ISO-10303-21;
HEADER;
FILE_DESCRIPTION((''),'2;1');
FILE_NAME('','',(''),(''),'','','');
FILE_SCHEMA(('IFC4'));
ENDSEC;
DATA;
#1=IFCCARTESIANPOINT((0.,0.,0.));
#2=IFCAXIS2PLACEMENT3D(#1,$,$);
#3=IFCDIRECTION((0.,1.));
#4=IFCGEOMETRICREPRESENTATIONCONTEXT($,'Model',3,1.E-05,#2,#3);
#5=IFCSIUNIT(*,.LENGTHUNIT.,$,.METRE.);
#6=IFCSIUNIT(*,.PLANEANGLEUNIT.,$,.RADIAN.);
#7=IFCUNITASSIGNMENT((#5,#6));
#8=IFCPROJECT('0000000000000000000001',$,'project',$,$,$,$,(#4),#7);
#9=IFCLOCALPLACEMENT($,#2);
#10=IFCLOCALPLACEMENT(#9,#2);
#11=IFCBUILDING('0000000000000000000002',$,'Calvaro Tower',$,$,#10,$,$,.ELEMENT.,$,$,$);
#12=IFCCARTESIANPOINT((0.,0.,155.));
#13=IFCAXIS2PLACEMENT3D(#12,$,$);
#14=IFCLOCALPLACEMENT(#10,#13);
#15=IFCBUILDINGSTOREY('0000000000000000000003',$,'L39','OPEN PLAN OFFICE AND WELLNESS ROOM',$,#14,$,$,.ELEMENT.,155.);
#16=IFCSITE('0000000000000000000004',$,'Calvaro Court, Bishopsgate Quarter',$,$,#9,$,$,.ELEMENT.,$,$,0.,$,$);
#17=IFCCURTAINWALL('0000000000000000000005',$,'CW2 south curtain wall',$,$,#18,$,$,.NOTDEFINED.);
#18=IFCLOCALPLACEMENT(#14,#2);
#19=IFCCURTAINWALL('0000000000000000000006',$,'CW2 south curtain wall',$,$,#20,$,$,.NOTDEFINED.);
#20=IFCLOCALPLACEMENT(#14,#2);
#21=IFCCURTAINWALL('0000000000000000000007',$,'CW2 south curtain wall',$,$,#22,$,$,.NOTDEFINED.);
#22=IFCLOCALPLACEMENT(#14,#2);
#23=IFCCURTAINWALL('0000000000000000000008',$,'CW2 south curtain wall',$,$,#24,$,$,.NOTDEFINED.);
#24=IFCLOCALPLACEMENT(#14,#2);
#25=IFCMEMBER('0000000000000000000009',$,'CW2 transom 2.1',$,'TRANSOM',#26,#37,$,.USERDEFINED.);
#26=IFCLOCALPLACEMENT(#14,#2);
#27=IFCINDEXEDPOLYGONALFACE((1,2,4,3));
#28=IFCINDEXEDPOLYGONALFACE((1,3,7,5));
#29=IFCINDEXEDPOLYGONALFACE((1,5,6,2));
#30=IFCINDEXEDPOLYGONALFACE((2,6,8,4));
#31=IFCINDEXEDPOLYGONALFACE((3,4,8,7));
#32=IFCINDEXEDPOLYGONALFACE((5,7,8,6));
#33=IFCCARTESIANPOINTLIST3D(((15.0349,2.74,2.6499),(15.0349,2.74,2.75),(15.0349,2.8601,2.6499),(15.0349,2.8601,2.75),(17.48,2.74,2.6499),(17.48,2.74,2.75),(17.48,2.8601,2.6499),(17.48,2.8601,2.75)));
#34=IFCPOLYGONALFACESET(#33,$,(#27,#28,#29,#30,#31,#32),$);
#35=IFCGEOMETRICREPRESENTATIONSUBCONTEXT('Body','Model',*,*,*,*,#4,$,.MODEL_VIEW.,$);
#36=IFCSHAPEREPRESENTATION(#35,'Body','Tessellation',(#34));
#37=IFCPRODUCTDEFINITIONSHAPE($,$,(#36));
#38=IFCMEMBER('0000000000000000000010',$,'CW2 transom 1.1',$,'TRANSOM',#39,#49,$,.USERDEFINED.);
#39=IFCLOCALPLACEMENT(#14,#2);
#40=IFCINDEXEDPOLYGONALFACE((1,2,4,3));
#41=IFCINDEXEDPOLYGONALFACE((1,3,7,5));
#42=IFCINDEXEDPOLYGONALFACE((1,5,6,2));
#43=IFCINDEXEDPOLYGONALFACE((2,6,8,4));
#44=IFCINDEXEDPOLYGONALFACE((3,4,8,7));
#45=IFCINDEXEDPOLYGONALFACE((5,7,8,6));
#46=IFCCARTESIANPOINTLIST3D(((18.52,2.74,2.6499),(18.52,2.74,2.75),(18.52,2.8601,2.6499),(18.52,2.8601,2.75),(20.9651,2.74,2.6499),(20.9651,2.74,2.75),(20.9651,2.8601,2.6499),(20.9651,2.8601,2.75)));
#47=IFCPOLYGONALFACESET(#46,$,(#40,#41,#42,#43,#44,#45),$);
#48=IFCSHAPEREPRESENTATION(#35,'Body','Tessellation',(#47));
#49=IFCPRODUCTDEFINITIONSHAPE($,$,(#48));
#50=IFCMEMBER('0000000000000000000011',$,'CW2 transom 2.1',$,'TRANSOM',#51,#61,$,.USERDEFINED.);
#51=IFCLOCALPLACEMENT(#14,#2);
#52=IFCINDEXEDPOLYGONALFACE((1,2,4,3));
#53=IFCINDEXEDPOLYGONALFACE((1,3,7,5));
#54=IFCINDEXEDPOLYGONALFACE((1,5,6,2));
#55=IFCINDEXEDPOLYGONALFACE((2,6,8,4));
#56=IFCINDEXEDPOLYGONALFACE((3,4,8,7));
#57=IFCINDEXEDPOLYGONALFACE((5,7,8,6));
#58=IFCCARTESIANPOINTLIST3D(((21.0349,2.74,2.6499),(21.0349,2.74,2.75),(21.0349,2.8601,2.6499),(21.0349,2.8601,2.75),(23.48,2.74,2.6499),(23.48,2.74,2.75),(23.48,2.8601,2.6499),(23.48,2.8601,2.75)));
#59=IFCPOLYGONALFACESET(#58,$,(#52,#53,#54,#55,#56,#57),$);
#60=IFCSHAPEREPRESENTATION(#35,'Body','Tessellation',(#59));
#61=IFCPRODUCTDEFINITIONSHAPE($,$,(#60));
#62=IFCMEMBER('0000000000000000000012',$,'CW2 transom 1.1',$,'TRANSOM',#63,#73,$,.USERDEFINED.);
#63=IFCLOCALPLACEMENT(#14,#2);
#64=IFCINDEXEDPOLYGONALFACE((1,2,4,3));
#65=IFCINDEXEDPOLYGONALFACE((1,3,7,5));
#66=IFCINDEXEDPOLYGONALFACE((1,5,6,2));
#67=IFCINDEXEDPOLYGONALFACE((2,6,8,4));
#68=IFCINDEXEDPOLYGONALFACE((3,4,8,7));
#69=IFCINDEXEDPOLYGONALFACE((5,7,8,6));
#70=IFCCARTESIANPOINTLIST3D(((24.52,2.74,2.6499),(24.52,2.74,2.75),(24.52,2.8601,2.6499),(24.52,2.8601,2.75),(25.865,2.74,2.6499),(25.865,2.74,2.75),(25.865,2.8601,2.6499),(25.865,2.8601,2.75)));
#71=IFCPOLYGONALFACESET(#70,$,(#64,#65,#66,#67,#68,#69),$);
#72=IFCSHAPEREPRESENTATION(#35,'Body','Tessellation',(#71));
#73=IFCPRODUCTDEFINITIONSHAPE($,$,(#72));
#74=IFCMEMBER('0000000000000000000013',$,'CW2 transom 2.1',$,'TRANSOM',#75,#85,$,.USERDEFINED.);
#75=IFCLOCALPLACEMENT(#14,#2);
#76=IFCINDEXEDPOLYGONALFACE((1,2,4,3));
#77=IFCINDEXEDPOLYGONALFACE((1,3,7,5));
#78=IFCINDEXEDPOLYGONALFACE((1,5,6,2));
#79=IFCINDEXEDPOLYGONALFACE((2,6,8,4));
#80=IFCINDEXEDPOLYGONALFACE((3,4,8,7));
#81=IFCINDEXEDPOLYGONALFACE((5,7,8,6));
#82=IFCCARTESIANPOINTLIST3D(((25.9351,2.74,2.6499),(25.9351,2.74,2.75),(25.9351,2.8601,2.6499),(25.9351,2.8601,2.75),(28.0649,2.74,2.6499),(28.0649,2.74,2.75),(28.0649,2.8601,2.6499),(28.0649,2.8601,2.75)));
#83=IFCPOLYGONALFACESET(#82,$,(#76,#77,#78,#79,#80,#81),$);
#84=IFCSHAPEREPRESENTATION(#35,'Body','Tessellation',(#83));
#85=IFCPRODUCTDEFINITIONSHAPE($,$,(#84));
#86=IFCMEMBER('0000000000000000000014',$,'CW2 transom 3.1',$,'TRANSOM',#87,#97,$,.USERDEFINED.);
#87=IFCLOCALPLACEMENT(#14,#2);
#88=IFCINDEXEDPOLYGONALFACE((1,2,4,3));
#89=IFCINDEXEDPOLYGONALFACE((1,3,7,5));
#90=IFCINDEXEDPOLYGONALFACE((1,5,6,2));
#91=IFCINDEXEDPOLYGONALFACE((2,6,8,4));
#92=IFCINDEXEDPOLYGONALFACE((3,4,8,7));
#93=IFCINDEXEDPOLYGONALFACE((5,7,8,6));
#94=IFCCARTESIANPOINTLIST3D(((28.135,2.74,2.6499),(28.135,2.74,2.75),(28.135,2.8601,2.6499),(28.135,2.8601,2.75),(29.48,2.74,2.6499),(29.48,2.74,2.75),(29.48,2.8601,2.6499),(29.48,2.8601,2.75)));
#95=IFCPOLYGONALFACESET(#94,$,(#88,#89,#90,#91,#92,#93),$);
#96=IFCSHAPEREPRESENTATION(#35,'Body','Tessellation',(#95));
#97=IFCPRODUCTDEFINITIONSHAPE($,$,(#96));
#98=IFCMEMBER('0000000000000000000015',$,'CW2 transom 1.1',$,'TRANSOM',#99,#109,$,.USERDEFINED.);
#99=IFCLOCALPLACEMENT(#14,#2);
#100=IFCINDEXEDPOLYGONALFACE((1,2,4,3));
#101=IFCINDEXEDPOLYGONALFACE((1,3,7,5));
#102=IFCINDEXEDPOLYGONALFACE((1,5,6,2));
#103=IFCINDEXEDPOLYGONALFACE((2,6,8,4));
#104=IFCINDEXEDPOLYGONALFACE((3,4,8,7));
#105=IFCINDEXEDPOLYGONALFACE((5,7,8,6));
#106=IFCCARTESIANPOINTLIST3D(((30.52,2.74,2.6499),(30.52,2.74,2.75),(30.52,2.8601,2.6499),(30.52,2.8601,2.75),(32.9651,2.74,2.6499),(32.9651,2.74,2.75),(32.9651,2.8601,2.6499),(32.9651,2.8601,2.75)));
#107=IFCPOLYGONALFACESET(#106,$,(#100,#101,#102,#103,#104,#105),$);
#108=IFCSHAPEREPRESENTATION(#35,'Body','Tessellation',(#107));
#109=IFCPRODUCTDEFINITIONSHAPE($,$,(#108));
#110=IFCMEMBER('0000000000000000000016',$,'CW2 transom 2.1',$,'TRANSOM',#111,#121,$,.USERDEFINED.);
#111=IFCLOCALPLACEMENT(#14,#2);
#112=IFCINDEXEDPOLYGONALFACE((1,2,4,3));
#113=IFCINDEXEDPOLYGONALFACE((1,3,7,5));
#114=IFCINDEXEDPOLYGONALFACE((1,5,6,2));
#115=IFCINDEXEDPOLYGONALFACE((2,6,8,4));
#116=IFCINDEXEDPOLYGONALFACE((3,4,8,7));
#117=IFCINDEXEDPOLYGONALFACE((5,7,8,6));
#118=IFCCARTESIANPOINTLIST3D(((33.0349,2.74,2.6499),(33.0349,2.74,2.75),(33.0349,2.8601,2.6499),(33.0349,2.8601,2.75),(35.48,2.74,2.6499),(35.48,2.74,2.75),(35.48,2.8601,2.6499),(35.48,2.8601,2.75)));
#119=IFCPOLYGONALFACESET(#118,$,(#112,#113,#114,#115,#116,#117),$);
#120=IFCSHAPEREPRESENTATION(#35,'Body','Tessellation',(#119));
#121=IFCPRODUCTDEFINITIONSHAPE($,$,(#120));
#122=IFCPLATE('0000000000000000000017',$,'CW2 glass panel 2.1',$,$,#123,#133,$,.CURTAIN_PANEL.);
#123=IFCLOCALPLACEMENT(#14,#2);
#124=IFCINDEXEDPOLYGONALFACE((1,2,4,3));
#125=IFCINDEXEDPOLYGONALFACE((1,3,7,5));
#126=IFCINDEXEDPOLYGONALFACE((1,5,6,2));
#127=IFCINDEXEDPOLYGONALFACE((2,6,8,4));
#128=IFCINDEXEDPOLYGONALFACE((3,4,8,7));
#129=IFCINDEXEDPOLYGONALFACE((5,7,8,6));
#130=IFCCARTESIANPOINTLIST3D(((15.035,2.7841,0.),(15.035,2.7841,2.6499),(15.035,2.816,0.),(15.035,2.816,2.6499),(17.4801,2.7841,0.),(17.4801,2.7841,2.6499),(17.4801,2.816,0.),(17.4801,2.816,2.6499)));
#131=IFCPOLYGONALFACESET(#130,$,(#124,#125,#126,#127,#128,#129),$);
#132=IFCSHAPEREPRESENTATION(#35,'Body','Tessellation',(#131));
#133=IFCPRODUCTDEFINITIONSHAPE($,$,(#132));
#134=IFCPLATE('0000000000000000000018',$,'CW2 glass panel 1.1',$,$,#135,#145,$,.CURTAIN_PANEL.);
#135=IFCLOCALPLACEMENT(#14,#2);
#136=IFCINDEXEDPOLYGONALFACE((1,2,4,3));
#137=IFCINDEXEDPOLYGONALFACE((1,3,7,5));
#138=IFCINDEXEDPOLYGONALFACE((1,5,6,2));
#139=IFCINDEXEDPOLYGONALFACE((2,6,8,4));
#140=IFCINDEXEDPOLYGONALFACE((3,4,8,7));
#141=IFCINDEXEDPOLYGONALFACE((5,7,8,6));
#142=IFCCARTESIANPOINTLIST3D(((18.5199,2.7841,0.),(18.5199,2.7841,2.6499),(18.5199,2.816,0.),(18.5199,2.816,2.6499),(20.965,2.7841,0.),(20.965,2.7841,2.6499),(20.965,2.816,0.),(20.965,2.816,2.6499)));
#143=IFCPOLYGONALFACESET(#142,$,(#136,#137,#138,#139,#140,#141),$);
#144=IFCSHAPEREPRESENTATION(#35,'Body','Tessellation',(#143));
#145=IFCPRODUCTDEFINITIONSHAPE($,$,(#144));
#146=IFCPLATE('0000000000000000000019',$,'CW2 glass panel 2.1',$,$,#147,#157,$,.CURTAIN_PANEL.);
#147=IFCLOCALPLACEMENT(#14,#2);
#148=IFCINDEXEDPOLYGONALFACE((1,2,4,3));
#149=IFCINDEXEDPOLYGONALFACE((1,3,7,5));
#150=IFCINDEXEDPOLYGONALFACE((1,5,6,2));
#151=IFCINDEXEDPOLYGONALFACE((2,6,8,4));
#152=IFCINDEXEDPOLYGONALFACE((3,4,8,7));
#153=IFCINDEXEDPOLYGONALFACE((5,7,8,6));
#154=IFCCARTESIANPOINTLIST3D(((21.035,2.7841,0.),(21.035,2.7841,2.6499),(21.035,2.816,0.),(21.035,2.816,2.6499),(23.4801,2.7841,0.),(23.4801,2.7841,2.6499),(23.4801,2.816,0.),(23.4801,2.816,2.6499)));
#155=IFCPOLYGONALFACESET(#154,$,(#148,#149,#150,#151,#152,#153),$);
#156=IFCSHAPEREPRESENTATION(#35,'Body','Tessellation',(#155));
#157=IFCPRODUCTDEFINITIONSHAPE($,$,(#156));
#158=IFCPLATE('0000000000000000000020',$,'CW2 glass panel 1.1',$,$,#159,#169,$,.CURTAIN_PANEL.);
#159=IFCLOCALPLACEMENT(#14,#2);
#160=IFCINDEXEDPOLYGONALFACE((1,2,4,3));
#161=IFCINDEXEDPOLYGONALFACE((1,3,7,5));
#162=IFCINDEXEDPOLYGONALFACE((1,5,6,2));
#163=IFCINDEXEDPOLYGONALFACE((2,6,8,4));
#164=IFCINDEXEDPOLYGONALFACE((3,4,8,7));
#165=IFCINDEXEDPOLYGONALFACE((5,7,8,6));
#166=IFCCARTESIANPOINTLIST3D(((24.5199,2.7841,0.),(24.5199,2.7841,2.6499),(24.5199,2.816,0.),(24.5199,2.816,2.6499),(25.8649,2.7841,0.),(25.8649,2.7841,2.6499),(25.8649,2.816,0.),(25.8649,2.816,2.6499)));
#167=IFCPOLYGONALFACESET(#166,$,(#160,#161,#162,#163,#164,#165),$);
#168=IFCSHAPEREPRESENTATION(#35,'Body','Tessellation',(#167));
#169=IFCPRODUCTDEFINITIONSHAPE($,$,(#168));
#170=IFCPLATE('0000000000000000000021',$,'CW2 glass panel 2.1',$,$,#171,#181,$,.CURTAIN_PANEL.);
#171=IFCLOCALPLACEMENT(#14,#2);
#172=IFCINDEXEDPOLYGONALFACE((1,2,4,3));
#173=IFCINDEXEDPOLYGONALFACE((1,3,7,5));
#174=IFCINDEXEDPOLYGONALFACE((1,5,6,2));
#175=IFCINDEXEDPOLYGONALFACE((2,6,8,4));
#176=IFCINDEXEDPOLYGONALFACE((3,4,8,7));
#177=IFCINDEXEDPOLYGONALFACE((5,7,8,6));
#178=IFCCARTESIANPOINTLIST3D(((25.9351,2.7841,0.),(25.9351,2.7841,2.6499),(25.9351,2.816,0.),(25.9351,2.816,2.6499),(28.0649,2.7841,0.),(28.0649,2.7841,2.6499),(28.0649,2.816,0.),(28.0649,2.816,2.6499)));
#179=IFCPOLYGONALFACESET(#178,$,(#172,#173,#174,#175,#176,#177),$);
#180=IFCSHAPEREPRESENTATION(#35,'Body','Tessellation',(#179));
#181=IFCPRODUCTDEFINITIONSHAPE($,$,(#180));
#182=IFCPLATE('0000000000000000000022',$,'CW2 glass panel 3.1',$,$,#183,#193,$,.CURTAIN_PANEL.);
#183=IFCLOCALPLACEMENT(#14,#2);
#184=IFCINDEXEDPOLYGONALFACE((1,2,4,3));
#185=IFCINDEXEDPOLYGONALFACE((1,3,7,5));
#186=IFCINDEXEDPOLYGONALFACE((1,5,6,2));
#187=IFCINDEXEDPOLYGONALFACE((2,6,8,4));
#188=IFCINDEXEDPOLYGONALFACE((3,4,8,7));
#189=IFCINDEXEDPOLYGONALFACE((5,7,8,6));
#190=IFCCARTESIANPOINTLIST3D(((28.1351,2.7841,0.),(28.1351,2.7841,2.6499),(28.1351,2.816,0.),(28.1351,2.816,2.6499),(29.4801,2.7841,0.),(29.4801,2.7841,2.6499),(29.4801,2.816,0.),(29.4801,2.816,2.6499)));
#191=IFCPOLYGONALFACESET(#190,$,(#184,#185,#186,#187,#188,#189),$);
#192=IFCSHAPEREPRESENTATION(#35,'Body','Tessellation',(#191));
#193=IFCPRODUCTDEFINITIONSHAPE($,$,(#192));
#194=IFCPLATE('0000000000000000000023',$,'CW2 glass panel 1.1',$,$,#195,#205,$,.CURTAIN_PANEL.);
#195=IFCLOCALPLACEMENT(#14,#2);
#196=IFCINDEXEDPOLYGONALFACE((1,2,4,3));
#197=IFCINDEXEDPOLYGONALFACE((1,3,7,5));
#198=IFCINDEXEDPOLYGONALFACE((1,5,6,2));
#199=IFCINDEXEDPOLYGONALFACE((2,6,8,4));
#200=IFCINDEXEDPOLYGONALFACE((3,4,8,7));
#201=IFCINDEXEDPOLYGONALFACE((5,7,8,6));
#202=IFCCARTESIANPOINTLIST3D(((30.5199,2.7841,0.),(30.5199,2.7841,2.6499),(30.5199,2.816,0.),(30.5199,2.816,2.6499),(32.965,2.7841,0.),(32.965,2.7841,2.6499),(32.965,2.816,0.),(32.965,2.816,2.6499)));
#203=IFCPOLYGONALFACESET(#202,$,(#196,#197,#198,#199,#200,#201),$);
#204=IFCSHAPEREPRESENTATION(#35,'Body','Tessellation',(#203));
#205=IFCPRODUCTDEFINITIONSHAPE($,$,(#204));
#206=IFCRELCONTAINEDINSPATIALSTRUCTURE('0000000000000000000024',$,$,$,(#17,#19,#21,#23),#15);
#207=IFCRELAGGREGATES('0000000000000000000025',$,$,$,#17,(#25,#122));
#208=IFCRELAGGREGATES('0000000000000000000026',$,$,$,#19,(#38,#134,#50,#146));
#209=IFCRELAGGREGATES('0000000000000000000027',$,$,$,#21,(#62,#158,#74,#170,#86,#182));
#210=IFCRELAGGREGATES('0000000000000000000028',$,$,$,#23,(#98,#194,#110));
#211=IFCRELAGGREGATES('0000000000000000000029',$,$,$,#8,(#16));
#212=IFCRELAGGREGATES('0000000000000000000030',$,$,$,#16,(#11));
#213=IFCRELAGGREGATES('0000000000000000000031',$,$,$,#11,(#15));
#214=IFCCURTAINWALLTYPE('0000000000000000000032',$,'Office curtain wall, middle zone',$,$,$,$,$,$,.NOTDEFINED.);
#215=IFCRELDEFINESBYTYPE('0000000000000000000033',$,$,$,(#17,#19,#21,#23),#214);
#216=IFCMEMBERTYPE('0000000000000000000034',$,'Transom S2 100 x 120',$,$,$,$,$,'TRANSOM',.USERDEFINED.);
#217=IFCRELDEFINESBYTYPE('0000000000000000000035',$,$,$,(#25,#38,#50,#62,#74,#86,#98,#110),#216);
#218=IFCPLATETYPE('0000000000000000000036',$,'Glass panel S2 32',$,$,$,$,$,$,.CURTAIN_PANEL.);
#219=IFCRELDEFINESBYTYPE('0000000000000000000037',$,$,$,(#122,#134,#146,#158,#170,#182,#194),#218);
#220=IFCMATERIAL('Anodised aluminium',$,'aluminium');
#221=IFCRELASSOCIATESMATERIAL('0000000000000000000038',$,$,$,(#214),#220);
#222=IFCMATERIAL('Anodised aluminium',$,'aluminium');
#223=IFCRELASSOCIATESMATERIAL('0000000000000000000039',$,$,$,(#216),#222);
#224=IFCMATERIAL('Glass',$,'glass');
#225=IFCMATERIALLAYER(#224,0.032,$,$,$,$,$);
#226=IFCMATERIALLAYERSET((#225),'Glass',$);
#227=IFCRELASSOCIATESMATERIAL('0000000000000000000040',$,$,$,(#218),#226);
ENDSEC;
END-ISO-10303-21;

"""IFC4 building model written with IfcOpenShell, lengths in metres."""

from ifc_helpers import new_model, si_unit, direction, frame, origin, origin_2d, place, context, subcontext, project, spatial, rectangle, extrude, material, layer, layer_set, material_profile, profile_set, type_object, element, aggregate, save


model = new_model("IFC4")

# Units and contexts
model_context = context("Model", 3, precision=1e-05, world=origin(), true_north=direction((0.0, 1.0)))
body_context = subcontext(model_context, "Body", "Model", "MODEL_VIEW")
ifc_project = project(units=[si_unit("LENGTHUNIT", "METRE"), si_unit("PLANEANGLEUNIT", "RADIAN")], contexts=[model_context])

# Site, building, storey
site_placement = place(None, origin())
site = spatial("IfcSite", under=ifc_project, at=site_placement, Name="Calvaro Court, Bishopsgate Quarter", CompositionType="ELEMENT", RefElevation=0.0)
building_placement = place(site_placement, origin())
building = spatial("IfcBuilding", under=site, at=building_placement, Name="Calvaro Tower", CompositionType="ELEMENT")
storey_placement = place(building_placement, frame((0.0, 0.0, 155.0)))
storey = spatial("IfcBuildingStorey", under=building, at=storey_placement, Name="L39", Description="OPEN PLAN OFFICE AND WELLNESS ROOM", CompositionType="ELEMENT", Elevation=155.0)

# Curtain wall
ifc_material_1 = material(Name="Anodised aluminium", Category="aluminium")
curtain_wall_type = type_object("IfcCurtainWallType", Name="Office curtain wall, middle zone", PredefinedType="NOTDEFINED", material=ifc_material_1)
curtain_wall_1_placement = place(storey_placement, origin())
curtain_wall_1 = element("IfcCurtainWall", 1, at=curtain_wall_1_placement, inside=storey, type_object=curtain_wall_type, Name="CW2 south curtain wall", PredefinedType="NOTDEFINED")

# Curtain walls
curtain_wall_2_placement = place(storey_placement, origin())
curtain_wall_2 = element("IfcCurtainWall", 2, at=curtain_wall_2_placement, inside=storey, type_object=curtain_wall_type, Name="CW2 south curtain wall", PredefinedType="NOTDEFINED")
curtain_wall_3_placement = place(storey_placement, origin())
curtain_wall_3 = element("IfcCurtainWall", 3, at=curtain_wall_3_placement, inside=storey, type_object=curtain_wall_type, Name="CW2 south curtain wall", PredefinedType="NOTDEFINED")
curtain_wall_4_placement = place(storey_placement, origin())
curtain_wall_4 = element("IfcCurtainWall", 4, at=curtain_wall_4_placement, inside=storey, type_object=curtain_wall_type, Name="CW2 south curtain wall", PredefinedType="NOTDEFINED")

# Members
ifc_material_2 = material(Name="Anodised aluminium", Category="aluminium")
ifc_material_profile_1 = material_profile(ifc_material_2, rectangle(XDim=0.1201, YDim=0.1001, at=origin_2d()), Name="Transom S2 100 x 120")
ifc_profile_set_1 = profile_set([ifc_material_profile_1], Name="Anodised aluminium")
member_type_1 = type_object("IfcMemberType", Name="Transom S2 100 x 120", ElementType="TRANSOM", PredefinedType="USERDEFINED", material=ifc_profile_set_1)
member_1_placement = place(storey_placement, frame((15.0349, 2.8, 2.7), z_axis=(1.0, 0.0, 0.0), x_axis=(0.0, 1.0, 0.0)))
member_1 = element("IfcMember", 5, at=member_1_placement, type_object=member_type_1, Name="CW2 transom 2.1", ObjectType="TRANSOM", PredefinedType="USERDEFINED", context=body_context, shape_type="SweptSolid", body=[
    extrude(rectangle(XDim=0.1201, YDim=0.1001, at=origin_2d()), origin(), (0.0, 0.0, 1.0), 2.4451),
])
member_2_placement = place(storey_placement, frame((18.52, 2.8, 2.7), z_axis=(1.0, 0.0, 0.0), x_axis=(0.0, 1.0, 0.0)))
member_2 = element("IfcMember", 6, at=member_2_placement, type_object=member_type_1, Name="CW2 transom 1.1", ObjectType="TRANSOM", PredefinedType="USERDEFINED", context=body_context, shape_type="SweptSolid", body=[
    extrude(rectangle(XDim=0.1201, YDim=0.1001, at=origin_2d()), origin(), (0.0, 0.0, 1.0), 2.4451),
])
member_3_placement = place(storey_placement, frame((21.0349, 2.8, 2.7), z_axis=(1.0, 0.0, 0.0), x_axis=(0.0, 1.0, 0.0)))
member_3 = element("IfcMember", 7, at=member_3_placement, type_object=member_type_1, Name="CW2 transom 2.1", ObjectType="TRANSOM", PredefinedType="USERDEFINED", context=body_context, shape_type="SweptSolid", body=[
    extrude(rectangle(XDim=0.1201, YDim=0.1001, at=origin_2d()), origin(), (0.0, 0.0, 1.0), 2.4451),
])
member_4_placement = place(storey_placement, frame((24.52, 2.8, 2.7), z_axis=(1.0, 0.0, 0.0), x_axis=(0.0, 1.0, 0.0)))
member_4 = element("IfcMember", 8, at=member_4_placement, type_object=member_type_1, Name="CW2 transom 1.1", ObjectType="TRANSOM", PredefinedType="USERDEFINED", context=body_context, shape_type="SweptSolid", body=[
    extrude(rectangle(XDim=0.1201, YDim=0.1001, at=origin_2d()), origin(), (0.0, 0.0, 1.0), 1.345),
])
member_5_placement = place(storey_placement, frame((25.9351, 2.8, 2.7), z_axis=(1.0, 0.0, 0.0), x_axis=(0.0, 1.0, 0.0)))
member_5 = element("IfcMember", 9, at=member_5_placement, type_object=member_type_1, Name="CW2 transom 2.1", ObjectType="TRANSOM", PredefinedType="USERDEFINED", context=body_context, shape_type="SweptSolid", body=[
    extrude(rectangle(XDim=0.1201, YDim=0.1001, at=origin_2d()), origin(), (0.0, 0.0, 1.0), 2.1299),
])
member_6_placement = place(storey_placement, frame((28.135, 2.8, 2.7), z_axis=(1.0, 0.0, 0.0), x_axis=(0.0, 1.0, 0.0)))
member_6 = element("IfcMember", 10, at=member_6_placement, type_object=member_type_1, Name="CW2 transom 3.1", ObjectType="TRANSOM", PredefinedType="USERDEFINED", context=body_context, shape_type="SweptSolid", body=[
    extrude(rectangle(XDim=0.1201, YDim=0.1001, at=origin_2d()), origin(), (0.0, 0.0, 1.0), 1.345),
])
member_7_placement = place(storey_placement, frame((30.52, 2.8, 2.7), z_axis=(1.0, 0.0, 0.0), x_axis=(0.0, 1.0, 0.0)))
member_7 = element("IfcMember", 11, at=member_7_placement, type_object=member_type_1, Name="CW2 transom 1.1", ObjectType="TRANSOM", PredefinedType="USERDEFINED", context=body_context, shape_type="SweptSolid", body=[
    extrude(rectangle(XDim=0.1201, YDim=0.1001, at=origin_2d()), origin(), (0.0, 0.0, 1.0), 2.4451),
])
member_8_placement = place(storey_placement, frame((33.0349, 2.8, 2.7), z_axis=(1.0, 0.0, 0.0), x_axis=(0.0, 1.0, 0.0)))
member_8 = element("IfcMember", 12, at=member_8_placement, type_object=member_type_1, Name="CW2 transom 2.1", ObjectType="TRANSOM", PredefinedType="USERDEFINED", context=body_context, shape_type="SweptSolid", body=[
    extrude(rectangle(XDim=0.1201, YDim=0.1001, at=origin_2d()), origin(), (0.0, 0.0, 1.0), 2.4451),
])

# Plates
ifc_material_3 = material(Name="Glass", Category="glass")
ifc_layer = layer(ifc_material_3, 0.032)
ifc_layer_set = layer_set([ifc_layer], Name="Glass")
plate_type = type_object("IfcPlateType", Name="Glass panel S2 32", PredefinedType="CURTAIN_PANEL", material=ifc_layer_set)
plate_1_placement = place(storey_placement, frame((16.2576, 2.8, 0.0), z_axis=(0.0, 0.0, 1.0), x_axis=(1.0, 0.0, 0.0)))
plate_1 = element("IfcPlate", 13, at=plate_1_placement, type_object=plate_type, Name="CW2 glass panel 2.1", PredefinedType="CURTAIN_PANEL", context=body_context, shape_type="SweptSolid", body=[
    extrude(rectangle(XDim=2.4451, YDim=0.032, at=origin_2d()), origin(), (0.0, 0.0, 1.0), 2.6499),
])
aggregate(curtain_wall_1, [member_1, plate_1])
plate_2_placement = place(storey_placement, frame((19.7424, 2.8, 0.0), z_axis=(0.0, 0.0, 1.0), x_axis=(1.0, 0.0, 0.0)))
plate_2 = element("IfcPlate", 14, at=plate_2_placement, type_object=plate_type, Name="CW2 glass panel 1.1", PredefinedType="CURTAIN_PANEL", context=body_context, shape_type="SweptSolid", body=[
    extrude(rectangle(XDim=2.4451, YDim=0.032, at=origin_2d()), origin(), (0.0, 0.0, 1.0), 2.6499),
])
plate_3_placement = place(storey_placement, frame((22.2576, 2.8, 0.0), z_axis=(0.0, 0.0, 1.0), x_axis=(1.0, 0.0, 0.0)))
plate_3 = element("IfcPlate", 15, at=plate_3_placement, type_object=plate_type, Name="CW2 glass panel 2.1", PredefinedType="CURTAIN_PANEL", context=body_context, shape_type="SweptSolid", body=[
    extrude(rectangle(XDim=2.4451, YDim=0.032, at=origin_2d()), origin(), (0.0, 0.0, 1.0), 2.6499),
])
aggregate(curtain_wall_2, [member_2, plate_2, member_3, plate_3])
plate_4_placement = place(storey_placement, frame((25.1924, 2.8, 0.0), z_axis=(0.0, 0.0, 1.0), x_axis=(1.0, 0.0, 0.0)))
plate_4 = element("IfcPlate", 16, at=plate_4_placement, type_object=plate_type, Name="CW2 glass panel 1.1", PredefinedType="CURTAIN_PANEL", context=body_context, shape_type="SweptSolid", body=[
    extrude(rectangle(XDim=1.345, YDim=0.032, at=origin_2d()), origin(), (0.0, 0.0, 1.0), 2.6499),
])
plate_5_placement = place(storey_placement, frame((27.0, 2.8, 0.0), z_axis=(0.0, 0.0, 1.0), x_axis=(1.0, 0.0, 0.0)))
plate_5 = element("IfcPlate", 17, at=plate_5_placement, type_object=plate_type, Name="CW2 glass panel 2.1", PredefinedType="CURTAIN_PANEL", context=body_context, shape_type="SweptSolid", body=[
    extrude(rectangle(XDim=2.1299, YDim=0.032, at=origin_2d()), origin(), (0.0, 0.0, 1.0), 2.6499),
])
plate_6_placement = place(storey_placement, frame((28.8076, 2.8, 0.0), z_axis=(0.0, 0.0, 1.0), x_axis=(1.0, 0.0, 0.0)))
plate_6 = element("IfcPlate", 18, at=plate_6_placement, type_object=plate_type, Name="CW2 glass panel 3.1", PredefinedType="CURTAIN_PANEL", context=body_context, shape_type="SweptSolid", body=[
    extrude(rectangle(XDim=1.345, YDim=0.032, at=origin_2d()), origin(), (0.0, 0.0, 1.0), 2.6499),
])
aggregate(curtain_wall_3, [member_4, plate_4, member_5, plate_5, member_6, plate_6])
plate_7_placement = place(storey_placement, frame((31.7424, 2.8, 0.0), z_axis=(0.0, 0.0, 1.0), x_axis=(1.0, 0.0, 0.0)))
plate_7 = element("IfcPlate", 19, at=plate_7_placement, type_object=plate_type, Name="CW2 glass panel 1.1", PredefinedType="CURTAIN_PANEL", context=body_context, shape_type="SweptSolid", body=[
    extrude(rectangle(XDim=2.4451, YDim=0.032, at=origin_2d()), origin(), (0.0, 0.0, 1.0), 2.6499),
])
aggregate(curtain_wall_4, [member_7, plate_7, member_8])

save(model, "model.ifc")
